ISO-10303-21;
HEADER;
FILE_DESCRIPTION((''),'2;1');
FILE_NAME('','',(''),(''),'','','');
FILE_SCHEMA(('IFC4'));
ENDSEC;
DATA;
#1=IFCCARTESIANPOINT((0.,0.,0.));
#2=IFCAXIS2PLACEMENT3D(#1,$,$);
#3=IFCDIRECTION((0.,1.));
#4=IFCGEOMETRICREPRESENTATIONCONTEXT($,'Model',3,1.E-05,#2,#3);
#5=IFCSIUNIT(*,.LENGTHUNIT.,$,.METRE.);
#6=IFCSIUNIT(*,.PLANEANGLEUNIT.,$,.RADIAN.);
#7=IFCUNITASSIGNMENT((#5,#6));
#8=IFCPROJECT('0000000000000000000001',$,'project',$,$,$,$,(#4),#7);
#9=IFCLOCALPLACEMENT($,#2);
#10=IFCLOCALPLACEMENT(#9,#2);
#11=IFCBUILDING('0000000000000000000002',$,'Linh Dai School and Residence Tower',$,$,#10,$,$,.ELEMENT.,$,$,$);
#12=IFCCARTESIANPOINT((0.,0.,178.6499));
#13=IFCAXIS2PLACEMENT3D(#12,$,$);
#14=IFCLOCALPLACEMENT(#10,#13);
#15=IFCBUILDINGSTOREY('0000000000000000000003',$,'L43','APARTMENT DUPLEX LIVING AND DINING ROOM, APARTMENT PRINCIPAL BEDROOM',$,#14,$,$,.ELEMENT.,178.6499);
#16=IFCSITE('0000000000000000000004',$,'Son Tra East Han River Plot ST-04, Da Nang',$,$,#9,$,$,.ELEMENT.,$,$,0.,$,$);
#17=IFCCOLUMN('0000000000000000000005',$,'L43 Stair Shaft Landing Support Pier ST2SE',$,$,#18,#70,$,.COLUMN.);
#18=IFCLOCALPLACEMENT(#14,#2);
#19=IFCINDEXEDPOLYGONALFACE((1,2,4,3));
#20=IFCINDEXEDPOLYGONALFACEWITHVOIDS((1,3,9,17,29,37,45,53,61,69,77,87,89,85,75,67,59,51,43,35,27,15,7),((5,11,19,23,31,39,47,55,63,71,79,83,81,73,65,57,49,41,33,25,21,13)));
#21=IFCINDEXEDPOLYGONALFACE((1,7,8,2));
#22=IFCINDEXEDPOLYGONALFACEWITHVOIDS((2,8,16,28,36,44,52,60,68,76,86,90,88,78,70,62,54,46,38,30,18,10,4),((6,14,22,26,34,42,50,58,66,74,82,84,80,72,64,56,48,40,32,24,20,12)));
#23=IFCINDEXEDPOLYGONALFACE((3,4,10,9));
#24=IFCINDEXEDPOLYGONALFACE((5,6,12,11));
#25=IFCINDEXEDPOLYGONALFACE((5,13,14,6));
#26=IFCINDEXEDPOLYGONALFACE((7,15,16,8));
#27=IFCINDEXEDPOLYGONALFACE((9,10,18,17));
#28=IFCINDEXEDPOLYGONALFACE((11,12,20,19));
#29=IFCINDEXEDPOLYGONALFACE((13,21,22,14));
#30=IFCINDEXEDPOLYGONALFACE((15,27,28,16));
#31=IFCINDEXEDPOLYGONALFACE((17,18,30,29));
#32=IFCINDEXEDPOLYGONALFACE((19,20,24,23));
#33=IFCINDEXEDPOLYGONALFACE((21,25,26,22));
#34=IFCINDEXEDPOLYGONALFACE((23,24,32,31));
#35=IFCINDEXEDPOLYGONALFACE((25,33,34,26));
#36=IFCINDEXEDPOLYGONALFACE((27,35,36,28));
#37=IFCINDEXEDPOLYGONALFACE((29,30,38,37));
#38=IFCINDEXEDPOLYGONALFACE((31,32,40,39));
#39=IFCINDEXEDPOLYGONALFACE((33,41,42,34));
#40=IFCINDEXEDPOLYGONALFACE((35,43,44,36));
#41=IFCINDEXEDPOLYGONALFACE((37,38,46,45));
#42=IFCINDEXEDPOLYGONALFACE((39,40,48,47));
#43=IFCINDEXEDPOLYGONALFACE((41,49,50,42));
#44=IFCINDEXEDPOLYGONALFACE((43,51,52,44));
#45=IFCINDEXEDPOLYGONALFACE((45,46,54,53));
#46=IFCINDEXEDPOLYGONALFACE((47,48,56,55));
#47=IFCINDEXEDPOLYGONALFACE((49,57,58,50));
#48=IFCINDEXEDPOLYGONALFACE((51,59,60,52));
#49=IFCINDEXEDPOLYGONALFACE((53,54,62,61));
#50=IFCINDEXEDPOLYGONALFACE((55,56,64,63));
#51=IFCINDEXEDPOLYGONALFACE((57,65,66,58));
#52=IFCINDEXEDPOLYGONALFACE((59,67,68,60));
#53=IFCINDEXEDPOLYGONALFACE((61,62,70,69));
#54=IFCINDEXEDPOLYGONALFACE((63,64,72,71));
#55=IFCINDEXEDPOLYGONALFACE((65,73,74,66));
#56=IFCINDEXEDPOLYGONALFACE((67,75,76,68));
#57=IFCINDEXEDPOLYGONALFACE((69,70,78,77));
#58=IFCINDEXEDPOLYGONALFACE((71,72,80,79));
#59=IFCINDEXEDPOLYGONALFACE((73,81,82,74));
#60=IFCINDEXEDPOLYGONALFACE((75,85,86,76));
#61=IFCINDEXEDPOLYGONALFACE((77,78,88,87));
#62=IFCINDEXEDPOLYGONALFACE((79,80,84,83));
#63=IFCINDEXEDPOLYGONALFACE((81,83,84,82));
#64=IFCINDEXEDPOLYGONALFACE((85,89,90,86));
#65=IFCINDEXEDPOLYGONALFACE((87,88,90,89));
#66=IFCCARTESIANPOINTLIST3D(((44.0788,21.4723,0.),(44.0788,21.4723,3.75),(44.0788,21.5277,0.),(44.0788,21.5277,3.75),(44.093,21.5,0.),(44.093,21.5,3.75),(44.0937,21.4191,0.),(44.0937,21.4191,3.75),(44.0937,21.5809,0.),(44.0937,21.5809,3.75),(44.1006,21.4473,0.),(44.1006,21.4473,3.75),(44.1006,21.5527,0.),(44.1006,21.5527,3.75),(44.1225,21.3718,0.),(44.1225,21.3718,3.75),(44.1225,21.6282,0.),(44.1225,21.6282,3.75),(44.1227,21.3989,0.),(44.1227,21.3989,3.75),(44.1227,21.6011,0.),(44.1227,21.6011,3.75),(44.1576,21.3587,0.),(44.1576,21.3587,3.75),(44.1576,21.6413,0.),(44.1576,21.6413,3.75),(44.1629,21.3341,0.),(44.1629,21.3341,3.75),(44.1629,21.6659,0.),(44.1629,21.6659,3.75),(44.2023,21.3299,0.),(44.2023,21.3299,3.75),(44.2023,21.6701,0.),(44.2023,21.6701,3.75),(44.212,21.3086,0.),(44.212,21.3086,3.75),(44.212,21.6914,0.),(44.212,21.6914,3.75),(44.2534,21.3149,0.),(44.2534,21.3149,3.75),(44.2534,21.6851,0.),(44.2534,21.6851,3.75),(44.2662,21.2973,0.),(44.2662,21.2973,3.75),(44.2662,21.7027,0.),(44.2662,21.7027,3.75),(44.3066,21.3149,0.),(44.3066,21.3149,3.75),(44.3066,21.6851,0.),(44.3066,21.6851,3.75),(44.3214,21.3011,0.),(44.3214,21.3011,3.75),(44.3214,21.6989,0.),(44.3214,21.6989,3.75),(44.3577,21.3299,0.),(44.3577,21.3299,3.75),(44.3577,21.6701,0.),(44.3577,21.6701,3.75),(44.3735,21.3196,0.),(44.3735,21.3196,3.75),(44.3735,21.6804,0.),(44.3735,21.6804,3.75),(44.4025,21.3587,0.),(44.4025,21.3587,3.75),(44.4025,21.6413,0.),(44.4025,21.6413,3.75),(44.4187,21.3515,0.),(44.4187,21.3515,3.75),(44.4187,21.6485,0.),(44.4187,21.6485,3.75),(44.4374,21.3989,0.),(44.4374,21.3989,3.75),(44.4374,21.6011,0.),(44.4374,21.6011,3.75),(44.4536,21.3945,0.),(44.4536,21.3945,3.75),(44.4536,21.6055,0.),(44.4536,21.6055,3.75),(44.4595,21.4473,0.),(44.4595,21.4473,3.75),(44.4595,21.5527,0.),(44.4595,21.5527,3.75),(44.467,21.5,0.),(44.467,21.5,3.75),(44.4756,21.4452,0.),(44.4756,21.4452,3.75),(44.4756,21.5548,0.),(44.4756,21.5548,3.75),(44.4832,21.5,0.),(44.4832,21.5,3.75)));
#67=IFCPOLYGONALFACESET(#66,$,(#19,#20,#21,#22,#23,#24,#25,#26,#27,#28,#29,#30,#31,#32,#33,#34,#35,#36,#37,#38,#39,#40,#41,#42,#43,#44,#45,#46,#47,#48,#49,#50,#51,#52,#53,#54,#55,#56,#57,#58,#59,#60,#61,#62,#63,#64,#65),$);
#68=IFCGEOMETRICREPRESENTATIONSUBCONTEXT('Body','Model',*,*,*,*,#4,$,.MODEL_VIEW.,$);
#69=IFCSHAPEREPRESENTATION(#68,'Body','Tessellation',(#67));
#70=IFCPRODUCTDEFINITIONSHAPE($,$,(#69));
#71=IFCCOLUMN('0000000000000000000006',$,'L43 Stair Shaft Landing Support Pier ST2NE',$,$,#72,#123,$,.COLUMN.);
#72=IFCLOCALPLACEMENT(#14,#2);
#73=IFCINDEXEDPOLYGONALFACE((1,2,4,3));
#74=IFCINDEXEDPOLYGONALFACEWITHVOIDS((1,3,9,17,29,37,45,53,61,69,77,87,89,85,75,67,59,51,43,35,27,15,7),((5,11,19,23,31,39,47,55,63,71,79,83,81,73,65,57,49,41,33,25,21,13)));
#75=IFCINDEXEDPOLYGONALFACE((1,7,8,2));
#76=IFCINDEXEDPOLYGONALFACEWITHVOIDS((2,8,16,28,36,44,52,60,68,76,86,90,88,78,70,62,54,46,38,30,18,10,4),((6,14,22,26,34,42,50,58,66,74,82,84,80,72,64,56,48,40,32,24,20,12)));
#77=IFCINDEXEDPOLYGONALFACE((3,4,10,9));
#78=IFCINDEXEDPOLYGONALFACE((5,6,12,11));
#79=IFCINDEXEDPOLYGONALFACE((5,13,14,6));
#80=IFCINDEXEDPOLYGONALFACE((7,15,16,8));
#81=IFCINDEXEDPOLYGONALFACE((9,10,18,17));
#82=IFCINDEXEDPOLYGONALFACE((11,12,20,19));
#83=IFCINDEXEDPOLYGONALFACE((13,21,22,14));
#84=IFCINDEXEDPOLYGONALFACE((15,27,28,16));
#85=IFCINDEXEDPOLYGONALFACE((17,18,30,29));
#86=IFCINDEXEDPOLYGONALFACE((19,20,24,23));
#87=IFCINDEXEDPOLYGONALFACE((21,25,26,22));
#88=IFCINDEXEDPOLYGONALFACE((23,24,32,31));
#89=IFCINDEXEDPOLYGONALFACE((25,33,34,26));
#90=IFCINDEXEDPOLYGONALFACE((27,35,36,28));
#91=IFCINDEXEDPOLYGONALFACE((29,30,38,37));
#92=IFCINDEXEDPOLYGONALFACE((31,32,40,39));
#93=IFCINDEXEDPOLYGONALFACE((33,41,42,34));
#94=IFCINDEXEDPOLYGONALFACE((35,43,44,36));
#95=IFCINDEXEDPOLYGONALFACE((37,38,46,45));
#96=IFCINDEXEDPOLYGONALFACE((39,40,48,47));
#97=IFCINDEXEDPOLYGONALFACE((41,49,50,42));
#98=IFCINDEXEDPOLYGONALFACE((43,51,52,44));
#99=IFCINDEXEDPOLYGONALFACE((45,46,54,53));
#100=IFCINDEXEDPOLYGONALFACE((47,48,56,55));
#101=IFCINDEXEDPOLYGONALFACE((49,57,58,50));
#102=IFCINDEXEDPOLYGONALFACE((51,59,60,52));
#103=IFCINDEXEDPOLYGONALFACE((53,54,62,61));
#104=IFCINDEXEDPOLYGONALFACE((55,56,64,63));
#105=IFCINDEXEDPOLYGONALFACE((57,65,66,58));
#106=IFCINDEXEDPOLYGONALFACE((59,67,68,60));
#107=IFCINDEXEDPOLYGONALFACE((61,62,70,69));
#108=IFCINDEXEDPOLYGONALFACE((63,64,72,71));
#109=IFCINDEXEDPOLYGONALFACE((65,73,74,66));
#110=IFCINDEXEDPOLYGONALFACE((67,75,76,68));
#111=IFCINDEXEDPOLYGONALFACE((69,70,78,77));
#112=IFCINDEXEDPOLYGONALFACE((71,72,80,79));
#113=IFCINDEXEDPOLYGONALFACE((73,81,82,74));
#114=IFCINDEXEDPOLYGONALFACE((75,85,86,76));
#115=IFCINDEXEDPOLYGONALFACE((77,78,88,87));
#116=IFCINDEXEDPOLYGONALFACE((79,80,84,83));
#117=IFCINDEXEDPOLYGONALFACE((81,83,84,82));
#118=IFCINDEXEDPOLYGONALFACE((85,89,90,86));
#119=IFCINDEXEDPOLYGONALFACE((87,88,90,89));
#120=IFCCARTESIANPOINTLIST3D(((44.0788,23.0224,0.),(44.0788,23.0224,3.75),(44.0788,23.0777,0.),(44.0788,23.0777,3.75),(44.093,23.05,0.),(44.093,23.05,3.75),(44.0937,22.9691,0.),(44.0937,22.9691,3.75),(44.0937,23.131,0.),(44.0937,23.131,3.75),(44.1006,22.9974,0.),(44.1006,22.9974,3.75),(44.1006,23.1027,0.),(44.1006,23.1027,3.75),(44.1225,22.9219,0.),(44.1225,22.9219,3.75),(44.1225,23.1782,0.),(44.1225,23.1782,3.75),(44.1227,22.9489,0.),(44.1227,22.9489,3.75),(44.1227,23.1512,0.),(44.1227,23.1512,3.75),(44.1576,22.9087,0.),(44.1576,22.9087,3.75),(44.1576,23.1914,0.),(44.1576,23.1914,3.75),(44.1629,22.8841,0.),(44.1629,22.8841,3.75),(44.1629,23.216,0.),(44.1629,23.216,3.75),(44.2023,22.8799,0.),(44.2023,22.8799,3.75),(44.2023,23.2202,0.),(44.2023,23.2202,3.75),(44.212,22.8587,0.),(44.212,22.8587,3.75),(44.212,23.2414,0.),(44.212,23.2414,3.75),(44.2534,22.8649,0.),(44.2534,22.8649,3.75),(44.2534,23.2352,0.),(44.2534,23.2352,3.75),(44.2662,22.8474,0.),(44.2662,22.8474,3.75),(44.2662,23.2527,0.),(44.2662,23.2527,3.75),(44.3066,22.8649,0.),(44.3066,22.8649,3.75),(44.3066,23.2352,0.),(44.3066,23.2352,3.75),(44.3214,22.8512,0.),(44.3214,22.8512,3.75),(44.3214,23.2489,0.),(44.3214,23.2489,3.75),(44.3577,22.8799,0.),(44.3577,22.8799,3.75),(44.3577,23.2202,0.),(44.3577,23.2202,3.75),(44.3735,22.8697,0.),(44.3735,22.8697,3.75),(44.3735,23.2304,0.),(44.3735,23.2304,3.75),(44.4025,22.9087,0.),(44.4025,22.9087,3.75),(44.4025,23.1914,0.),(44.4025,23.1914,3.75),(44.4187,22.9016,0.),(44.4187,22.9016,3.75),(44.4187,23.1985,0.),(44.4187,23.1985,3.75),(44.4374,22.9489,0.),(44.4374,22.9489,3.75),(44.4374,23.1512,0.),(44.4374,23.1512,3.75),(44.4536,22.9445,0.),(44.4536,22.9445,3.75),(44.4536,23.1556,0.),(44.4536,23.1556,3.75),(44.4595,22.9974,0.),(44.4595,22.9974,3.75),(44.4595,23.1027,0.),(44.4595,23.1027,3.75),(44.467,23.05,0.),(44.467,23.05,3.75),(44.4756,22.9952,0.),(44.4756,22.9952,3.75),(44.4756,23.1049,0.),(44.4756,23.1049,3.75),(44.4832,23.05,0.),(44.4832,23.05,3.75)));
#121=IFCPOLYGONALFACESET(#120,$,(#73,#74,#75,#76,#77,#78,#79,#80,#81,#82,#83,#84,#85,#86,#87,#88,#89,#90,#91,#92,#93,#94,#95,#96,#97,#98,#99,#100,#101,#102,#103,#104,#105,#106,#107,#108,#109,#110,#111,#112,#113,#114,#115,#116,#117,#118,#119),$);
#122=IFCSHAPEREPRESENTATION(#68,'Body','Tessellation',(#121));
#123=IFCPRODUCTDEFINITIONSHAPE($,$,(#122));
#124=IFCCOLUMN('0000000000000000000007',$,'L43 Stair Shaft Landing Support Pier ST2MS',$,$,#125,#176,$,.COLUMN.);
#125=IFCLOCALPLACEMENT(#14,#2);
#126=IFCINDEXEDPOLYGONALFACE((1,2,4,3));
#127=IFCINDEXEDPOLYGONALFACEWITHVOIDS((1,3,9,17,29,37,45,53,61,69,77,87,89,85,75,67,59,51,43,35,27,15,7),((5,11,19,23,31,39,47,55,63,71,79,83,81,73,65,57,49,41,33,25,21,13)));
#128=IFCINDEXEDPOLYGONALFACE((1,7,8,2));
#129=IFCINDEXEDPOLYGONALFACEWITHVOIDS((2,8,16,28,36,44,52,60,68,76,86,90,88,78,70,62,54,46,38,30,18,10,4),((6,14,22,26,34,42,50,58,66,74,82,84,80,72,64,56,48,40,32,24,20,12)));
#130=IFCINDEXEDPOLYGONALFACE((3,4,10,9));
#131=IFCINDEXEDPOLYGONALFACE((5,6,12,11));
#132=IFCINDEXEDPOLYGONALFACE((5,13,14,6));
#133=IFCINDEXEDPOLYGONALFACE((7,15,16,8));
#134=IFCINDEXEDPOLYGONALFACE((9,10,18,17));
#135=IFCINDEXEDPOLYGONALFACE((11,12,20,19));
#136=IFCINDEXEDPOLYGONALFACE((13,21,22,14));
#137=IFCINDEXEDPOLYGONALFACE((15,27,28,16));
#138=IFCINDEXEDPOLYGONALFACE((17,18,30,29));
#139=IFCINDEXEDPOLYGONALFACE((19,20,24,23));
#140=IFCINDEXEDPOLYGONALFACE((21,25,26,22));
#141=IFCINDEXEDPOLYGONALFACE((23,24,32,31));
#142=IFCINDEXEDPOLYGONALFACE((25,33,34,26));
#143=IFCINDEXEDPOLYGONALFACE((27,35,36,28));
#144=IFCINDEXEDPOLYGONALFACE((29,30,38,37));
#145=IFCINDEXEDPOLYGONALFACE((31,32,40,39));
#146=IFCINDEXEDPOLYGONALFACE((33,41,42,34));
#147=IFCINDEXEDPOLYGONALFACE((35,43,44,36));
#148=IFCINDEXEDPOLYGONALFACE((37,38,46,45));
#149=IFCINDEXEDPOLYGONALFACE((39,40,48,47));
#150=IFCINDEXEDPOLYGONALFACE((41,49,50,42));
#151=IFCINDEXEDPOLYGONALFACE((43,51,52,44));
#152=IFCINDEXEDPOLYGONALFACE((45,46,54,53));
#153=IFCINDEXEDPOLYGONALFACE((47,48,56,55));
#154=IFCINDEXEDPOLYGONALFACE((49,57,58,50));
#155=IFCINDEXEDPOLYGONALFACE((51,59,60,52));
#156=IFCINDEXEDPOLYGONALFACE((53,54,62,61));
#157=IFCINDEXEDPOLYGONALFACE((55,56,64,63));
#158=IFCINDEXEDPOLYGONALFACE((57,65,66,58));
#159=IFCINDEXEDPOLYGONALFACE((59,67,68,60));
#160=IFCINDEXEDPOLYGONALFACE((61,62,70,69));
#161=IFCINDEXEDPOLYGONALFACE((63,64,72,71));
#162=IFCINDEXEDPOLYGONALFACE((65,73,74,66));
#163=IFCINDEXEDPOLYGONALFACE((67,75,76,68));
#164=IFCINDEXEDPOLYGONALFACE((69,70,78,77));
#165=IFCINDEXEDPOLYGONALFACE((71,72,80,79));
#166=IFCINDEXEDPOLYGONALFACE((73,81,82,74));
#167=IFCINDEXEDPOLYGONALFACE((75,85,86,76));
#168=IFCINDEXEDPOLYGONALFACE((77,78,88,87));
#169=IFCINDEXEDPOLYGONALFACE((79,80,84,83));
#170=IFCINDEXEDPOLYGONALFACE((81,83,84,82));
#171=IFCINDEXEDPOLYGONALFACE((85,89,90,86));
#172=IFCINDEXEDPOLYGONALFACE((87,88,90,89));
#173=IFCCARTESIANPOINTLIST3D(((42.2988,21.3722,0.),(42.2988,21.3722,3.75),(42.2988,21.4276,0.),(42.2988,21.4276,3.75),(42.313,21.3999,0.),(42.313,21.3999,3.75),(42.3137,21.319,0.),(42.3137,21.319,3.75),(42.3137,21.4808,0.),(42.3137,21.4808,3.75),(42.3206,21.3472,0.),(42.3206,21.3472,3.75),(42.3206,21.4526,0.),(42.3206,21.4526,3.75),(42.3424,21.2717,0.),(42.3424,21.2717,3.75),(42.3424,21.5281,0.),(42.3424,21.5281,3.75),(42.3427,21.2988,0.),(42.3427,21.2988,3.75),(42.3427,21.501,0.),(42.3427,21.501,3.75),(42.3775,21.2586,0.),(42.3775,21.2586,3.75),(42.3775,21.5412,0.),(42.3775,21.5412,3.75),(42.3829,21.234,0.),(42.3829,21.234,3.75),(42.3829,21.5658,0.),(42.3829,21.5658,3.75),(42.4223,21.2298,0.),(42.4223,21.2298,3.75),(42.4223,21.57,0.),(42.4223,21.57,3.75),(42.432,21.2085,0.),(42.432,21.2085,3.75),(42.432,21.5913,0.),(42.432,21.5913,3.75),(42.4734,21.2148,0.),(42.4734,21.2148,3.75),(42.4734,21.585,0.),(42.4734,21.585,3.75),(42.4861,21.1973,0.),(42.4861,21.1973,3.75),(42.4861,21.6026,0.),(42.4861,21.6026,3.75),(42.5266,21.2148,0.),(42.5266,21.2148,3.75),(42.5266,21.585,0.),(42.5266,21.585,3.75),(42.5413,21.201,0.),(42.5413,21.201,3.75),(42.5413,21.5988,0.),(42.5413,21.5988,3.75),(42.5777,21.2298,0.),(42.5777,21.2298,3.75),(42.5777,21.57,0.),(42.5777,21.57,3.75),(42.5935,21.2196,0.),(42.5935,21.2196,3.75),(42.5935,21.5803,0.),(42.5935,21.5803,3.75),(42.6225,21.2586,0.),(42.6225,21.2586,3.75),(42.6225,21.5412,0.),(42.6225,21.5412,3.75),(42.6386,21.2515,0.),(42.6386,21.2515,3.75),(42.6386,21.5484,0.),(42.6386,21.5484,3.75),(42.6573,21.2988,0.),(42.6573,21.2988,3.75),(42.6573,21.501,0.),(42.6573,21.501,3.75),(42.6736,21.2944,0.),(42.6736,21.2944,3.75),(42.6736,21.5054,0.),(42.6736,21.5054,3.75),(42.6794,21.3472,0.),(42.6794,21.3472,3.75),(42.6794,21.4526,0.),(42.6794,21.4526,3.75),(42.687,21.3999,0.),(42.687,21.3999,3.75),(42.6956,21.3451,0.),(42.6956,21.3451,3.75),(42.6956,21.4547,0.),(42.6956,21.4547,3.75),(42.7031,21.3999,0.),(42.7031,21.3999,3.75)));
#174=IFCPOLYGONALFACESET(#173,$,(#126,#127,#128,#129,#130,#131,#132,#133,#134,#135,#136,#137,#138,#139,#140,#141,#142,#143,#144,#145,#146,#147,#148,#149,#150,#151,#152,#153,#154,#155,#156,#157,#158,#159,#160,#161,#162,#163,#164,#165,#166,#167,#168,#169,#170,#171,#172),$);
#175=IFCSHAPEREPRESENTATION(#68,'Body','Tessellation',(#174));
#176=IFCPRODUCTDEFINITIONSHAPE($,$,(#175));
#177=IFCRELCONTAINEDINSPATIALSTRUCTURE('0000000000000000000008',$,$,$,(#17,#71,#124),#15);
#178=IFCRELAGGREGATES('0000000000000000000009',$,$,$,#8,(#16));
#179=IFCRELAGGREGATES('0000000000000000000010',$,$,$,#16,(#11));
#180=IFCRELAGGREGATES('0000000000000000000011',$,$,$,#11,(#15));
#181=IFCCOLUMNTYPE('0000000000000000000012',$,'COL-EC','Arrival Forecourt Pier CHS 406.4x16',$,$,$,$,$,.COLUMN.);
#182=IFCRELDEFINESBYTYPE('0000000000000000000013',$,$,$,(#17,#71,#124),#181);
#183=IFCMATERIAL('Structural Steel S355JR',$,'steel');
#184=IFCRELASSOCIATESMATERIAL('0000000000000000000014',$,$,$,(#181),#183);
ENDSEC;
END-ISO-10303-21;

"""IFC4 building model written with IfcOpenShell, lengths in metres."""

from ifc_helpers import new_model, si_unit, direction, frame, origin, origin_2d, place, context, subcontext, project, spatial, hollow_circle, extrude, material, material_profile, profile_set, type_object, element, save


model = new_model("IFC4")

# Units and contexts
model_context = context("Model", 3, precision=1e-05, world=origin(), true_north=direction((0.0, 1.0)))
body_context = subcontext(model_context, "Body", "Model", "MODEL_VIEW")
ifc_project = project(units=[si_unit("LENGTHUNIT", "METRE"), si_unit("PLANEANGLEUNIT", "RADIAN")], contexts=[model_context])

# Site, building, storey
site_placement = place(None, origin())
site = spatial("IfcSite", under=ifc_project, at=site_placement, Name="Son Tra East Han River Plot ST-04, Da Nang", CompositionType="ELEMENT", RefElevation=0.0)
building_placement = place(site_placement, origin())
building = spatial("IfcBuilding", under=site, at=building_placement, Name="Linh Dai School and Residence Tower", CompositionType="ELEMENT")
storey_placement = place(building_placement, frame((0.0, 0.0, 178.6499)))
storey = spatial("IfcBuildingStorey", under=building, at=storey_placement, Name="L43", Description="APARTMENT DUPLEX LIVING AND DINING ROOM, APARTMENT PRINCIPAL BEDROOM", CompositionType="ELEMENT", Elevation=178.6499)

# Columns
ifc_material_1 = material(Name="Structural Steel S355JR", Category="steel")
ifc_material_profile_1 = material_profile(ifc_material_1, hollow_circle(Radius=0.2031, WallThickness=0.0161, at=origin_2d()), Name="CHS 406.4x16")
ifc_profile_set_1 = profile_set([ifc_material_profile_1], Name="Structural Steel S355JR")
column_type_1 = type_object("IfcColumnType", Name="COL-EC", Description="Arrival Forecourt Pier CHS 406.4x16", PredefinedType="COLUMN", material=ifc_profile_set_1)
for number, where, z_axis, x_axis, name in (
    (1, (44.28, 21.5, 0.0), (0.0, 0.0, 1.0), (1.0, 0.0, 0.0), "L43 Stair Shaft Landing Support Pier ST2SE"),
    (2, (44.28, 23.05, 0.0), (0.0, 0.0, 1.0), (1.0, 0.0, 0.0), "L43 Stair Shaft Landing Support Pier ST2NE"),
    (3, (42.5, 21.3999, 0.0), (0.0, 0.0, 1.0), (1.0, 0.0, 0.0), "L43 Stair Shaft Landing Support Pier ST2MS"),
):
    element("IfcColumn", number, at=place(storey_placement, frame(where, z_axis=z_axis, x_axis=x_axis)), inside=storey, type_object=column_type_1, Name=name, PredefinedType="COLUMN", context=body_context, shape_type="SweptSolid", body=[
        extrude(hollow_circle(Radius=0.2031, WallThickness=0.0161, at=origin_2d()), origin(), (0.0, 0.0, 1.0), 3.75),
    ])

save(model, "model.ifc")
